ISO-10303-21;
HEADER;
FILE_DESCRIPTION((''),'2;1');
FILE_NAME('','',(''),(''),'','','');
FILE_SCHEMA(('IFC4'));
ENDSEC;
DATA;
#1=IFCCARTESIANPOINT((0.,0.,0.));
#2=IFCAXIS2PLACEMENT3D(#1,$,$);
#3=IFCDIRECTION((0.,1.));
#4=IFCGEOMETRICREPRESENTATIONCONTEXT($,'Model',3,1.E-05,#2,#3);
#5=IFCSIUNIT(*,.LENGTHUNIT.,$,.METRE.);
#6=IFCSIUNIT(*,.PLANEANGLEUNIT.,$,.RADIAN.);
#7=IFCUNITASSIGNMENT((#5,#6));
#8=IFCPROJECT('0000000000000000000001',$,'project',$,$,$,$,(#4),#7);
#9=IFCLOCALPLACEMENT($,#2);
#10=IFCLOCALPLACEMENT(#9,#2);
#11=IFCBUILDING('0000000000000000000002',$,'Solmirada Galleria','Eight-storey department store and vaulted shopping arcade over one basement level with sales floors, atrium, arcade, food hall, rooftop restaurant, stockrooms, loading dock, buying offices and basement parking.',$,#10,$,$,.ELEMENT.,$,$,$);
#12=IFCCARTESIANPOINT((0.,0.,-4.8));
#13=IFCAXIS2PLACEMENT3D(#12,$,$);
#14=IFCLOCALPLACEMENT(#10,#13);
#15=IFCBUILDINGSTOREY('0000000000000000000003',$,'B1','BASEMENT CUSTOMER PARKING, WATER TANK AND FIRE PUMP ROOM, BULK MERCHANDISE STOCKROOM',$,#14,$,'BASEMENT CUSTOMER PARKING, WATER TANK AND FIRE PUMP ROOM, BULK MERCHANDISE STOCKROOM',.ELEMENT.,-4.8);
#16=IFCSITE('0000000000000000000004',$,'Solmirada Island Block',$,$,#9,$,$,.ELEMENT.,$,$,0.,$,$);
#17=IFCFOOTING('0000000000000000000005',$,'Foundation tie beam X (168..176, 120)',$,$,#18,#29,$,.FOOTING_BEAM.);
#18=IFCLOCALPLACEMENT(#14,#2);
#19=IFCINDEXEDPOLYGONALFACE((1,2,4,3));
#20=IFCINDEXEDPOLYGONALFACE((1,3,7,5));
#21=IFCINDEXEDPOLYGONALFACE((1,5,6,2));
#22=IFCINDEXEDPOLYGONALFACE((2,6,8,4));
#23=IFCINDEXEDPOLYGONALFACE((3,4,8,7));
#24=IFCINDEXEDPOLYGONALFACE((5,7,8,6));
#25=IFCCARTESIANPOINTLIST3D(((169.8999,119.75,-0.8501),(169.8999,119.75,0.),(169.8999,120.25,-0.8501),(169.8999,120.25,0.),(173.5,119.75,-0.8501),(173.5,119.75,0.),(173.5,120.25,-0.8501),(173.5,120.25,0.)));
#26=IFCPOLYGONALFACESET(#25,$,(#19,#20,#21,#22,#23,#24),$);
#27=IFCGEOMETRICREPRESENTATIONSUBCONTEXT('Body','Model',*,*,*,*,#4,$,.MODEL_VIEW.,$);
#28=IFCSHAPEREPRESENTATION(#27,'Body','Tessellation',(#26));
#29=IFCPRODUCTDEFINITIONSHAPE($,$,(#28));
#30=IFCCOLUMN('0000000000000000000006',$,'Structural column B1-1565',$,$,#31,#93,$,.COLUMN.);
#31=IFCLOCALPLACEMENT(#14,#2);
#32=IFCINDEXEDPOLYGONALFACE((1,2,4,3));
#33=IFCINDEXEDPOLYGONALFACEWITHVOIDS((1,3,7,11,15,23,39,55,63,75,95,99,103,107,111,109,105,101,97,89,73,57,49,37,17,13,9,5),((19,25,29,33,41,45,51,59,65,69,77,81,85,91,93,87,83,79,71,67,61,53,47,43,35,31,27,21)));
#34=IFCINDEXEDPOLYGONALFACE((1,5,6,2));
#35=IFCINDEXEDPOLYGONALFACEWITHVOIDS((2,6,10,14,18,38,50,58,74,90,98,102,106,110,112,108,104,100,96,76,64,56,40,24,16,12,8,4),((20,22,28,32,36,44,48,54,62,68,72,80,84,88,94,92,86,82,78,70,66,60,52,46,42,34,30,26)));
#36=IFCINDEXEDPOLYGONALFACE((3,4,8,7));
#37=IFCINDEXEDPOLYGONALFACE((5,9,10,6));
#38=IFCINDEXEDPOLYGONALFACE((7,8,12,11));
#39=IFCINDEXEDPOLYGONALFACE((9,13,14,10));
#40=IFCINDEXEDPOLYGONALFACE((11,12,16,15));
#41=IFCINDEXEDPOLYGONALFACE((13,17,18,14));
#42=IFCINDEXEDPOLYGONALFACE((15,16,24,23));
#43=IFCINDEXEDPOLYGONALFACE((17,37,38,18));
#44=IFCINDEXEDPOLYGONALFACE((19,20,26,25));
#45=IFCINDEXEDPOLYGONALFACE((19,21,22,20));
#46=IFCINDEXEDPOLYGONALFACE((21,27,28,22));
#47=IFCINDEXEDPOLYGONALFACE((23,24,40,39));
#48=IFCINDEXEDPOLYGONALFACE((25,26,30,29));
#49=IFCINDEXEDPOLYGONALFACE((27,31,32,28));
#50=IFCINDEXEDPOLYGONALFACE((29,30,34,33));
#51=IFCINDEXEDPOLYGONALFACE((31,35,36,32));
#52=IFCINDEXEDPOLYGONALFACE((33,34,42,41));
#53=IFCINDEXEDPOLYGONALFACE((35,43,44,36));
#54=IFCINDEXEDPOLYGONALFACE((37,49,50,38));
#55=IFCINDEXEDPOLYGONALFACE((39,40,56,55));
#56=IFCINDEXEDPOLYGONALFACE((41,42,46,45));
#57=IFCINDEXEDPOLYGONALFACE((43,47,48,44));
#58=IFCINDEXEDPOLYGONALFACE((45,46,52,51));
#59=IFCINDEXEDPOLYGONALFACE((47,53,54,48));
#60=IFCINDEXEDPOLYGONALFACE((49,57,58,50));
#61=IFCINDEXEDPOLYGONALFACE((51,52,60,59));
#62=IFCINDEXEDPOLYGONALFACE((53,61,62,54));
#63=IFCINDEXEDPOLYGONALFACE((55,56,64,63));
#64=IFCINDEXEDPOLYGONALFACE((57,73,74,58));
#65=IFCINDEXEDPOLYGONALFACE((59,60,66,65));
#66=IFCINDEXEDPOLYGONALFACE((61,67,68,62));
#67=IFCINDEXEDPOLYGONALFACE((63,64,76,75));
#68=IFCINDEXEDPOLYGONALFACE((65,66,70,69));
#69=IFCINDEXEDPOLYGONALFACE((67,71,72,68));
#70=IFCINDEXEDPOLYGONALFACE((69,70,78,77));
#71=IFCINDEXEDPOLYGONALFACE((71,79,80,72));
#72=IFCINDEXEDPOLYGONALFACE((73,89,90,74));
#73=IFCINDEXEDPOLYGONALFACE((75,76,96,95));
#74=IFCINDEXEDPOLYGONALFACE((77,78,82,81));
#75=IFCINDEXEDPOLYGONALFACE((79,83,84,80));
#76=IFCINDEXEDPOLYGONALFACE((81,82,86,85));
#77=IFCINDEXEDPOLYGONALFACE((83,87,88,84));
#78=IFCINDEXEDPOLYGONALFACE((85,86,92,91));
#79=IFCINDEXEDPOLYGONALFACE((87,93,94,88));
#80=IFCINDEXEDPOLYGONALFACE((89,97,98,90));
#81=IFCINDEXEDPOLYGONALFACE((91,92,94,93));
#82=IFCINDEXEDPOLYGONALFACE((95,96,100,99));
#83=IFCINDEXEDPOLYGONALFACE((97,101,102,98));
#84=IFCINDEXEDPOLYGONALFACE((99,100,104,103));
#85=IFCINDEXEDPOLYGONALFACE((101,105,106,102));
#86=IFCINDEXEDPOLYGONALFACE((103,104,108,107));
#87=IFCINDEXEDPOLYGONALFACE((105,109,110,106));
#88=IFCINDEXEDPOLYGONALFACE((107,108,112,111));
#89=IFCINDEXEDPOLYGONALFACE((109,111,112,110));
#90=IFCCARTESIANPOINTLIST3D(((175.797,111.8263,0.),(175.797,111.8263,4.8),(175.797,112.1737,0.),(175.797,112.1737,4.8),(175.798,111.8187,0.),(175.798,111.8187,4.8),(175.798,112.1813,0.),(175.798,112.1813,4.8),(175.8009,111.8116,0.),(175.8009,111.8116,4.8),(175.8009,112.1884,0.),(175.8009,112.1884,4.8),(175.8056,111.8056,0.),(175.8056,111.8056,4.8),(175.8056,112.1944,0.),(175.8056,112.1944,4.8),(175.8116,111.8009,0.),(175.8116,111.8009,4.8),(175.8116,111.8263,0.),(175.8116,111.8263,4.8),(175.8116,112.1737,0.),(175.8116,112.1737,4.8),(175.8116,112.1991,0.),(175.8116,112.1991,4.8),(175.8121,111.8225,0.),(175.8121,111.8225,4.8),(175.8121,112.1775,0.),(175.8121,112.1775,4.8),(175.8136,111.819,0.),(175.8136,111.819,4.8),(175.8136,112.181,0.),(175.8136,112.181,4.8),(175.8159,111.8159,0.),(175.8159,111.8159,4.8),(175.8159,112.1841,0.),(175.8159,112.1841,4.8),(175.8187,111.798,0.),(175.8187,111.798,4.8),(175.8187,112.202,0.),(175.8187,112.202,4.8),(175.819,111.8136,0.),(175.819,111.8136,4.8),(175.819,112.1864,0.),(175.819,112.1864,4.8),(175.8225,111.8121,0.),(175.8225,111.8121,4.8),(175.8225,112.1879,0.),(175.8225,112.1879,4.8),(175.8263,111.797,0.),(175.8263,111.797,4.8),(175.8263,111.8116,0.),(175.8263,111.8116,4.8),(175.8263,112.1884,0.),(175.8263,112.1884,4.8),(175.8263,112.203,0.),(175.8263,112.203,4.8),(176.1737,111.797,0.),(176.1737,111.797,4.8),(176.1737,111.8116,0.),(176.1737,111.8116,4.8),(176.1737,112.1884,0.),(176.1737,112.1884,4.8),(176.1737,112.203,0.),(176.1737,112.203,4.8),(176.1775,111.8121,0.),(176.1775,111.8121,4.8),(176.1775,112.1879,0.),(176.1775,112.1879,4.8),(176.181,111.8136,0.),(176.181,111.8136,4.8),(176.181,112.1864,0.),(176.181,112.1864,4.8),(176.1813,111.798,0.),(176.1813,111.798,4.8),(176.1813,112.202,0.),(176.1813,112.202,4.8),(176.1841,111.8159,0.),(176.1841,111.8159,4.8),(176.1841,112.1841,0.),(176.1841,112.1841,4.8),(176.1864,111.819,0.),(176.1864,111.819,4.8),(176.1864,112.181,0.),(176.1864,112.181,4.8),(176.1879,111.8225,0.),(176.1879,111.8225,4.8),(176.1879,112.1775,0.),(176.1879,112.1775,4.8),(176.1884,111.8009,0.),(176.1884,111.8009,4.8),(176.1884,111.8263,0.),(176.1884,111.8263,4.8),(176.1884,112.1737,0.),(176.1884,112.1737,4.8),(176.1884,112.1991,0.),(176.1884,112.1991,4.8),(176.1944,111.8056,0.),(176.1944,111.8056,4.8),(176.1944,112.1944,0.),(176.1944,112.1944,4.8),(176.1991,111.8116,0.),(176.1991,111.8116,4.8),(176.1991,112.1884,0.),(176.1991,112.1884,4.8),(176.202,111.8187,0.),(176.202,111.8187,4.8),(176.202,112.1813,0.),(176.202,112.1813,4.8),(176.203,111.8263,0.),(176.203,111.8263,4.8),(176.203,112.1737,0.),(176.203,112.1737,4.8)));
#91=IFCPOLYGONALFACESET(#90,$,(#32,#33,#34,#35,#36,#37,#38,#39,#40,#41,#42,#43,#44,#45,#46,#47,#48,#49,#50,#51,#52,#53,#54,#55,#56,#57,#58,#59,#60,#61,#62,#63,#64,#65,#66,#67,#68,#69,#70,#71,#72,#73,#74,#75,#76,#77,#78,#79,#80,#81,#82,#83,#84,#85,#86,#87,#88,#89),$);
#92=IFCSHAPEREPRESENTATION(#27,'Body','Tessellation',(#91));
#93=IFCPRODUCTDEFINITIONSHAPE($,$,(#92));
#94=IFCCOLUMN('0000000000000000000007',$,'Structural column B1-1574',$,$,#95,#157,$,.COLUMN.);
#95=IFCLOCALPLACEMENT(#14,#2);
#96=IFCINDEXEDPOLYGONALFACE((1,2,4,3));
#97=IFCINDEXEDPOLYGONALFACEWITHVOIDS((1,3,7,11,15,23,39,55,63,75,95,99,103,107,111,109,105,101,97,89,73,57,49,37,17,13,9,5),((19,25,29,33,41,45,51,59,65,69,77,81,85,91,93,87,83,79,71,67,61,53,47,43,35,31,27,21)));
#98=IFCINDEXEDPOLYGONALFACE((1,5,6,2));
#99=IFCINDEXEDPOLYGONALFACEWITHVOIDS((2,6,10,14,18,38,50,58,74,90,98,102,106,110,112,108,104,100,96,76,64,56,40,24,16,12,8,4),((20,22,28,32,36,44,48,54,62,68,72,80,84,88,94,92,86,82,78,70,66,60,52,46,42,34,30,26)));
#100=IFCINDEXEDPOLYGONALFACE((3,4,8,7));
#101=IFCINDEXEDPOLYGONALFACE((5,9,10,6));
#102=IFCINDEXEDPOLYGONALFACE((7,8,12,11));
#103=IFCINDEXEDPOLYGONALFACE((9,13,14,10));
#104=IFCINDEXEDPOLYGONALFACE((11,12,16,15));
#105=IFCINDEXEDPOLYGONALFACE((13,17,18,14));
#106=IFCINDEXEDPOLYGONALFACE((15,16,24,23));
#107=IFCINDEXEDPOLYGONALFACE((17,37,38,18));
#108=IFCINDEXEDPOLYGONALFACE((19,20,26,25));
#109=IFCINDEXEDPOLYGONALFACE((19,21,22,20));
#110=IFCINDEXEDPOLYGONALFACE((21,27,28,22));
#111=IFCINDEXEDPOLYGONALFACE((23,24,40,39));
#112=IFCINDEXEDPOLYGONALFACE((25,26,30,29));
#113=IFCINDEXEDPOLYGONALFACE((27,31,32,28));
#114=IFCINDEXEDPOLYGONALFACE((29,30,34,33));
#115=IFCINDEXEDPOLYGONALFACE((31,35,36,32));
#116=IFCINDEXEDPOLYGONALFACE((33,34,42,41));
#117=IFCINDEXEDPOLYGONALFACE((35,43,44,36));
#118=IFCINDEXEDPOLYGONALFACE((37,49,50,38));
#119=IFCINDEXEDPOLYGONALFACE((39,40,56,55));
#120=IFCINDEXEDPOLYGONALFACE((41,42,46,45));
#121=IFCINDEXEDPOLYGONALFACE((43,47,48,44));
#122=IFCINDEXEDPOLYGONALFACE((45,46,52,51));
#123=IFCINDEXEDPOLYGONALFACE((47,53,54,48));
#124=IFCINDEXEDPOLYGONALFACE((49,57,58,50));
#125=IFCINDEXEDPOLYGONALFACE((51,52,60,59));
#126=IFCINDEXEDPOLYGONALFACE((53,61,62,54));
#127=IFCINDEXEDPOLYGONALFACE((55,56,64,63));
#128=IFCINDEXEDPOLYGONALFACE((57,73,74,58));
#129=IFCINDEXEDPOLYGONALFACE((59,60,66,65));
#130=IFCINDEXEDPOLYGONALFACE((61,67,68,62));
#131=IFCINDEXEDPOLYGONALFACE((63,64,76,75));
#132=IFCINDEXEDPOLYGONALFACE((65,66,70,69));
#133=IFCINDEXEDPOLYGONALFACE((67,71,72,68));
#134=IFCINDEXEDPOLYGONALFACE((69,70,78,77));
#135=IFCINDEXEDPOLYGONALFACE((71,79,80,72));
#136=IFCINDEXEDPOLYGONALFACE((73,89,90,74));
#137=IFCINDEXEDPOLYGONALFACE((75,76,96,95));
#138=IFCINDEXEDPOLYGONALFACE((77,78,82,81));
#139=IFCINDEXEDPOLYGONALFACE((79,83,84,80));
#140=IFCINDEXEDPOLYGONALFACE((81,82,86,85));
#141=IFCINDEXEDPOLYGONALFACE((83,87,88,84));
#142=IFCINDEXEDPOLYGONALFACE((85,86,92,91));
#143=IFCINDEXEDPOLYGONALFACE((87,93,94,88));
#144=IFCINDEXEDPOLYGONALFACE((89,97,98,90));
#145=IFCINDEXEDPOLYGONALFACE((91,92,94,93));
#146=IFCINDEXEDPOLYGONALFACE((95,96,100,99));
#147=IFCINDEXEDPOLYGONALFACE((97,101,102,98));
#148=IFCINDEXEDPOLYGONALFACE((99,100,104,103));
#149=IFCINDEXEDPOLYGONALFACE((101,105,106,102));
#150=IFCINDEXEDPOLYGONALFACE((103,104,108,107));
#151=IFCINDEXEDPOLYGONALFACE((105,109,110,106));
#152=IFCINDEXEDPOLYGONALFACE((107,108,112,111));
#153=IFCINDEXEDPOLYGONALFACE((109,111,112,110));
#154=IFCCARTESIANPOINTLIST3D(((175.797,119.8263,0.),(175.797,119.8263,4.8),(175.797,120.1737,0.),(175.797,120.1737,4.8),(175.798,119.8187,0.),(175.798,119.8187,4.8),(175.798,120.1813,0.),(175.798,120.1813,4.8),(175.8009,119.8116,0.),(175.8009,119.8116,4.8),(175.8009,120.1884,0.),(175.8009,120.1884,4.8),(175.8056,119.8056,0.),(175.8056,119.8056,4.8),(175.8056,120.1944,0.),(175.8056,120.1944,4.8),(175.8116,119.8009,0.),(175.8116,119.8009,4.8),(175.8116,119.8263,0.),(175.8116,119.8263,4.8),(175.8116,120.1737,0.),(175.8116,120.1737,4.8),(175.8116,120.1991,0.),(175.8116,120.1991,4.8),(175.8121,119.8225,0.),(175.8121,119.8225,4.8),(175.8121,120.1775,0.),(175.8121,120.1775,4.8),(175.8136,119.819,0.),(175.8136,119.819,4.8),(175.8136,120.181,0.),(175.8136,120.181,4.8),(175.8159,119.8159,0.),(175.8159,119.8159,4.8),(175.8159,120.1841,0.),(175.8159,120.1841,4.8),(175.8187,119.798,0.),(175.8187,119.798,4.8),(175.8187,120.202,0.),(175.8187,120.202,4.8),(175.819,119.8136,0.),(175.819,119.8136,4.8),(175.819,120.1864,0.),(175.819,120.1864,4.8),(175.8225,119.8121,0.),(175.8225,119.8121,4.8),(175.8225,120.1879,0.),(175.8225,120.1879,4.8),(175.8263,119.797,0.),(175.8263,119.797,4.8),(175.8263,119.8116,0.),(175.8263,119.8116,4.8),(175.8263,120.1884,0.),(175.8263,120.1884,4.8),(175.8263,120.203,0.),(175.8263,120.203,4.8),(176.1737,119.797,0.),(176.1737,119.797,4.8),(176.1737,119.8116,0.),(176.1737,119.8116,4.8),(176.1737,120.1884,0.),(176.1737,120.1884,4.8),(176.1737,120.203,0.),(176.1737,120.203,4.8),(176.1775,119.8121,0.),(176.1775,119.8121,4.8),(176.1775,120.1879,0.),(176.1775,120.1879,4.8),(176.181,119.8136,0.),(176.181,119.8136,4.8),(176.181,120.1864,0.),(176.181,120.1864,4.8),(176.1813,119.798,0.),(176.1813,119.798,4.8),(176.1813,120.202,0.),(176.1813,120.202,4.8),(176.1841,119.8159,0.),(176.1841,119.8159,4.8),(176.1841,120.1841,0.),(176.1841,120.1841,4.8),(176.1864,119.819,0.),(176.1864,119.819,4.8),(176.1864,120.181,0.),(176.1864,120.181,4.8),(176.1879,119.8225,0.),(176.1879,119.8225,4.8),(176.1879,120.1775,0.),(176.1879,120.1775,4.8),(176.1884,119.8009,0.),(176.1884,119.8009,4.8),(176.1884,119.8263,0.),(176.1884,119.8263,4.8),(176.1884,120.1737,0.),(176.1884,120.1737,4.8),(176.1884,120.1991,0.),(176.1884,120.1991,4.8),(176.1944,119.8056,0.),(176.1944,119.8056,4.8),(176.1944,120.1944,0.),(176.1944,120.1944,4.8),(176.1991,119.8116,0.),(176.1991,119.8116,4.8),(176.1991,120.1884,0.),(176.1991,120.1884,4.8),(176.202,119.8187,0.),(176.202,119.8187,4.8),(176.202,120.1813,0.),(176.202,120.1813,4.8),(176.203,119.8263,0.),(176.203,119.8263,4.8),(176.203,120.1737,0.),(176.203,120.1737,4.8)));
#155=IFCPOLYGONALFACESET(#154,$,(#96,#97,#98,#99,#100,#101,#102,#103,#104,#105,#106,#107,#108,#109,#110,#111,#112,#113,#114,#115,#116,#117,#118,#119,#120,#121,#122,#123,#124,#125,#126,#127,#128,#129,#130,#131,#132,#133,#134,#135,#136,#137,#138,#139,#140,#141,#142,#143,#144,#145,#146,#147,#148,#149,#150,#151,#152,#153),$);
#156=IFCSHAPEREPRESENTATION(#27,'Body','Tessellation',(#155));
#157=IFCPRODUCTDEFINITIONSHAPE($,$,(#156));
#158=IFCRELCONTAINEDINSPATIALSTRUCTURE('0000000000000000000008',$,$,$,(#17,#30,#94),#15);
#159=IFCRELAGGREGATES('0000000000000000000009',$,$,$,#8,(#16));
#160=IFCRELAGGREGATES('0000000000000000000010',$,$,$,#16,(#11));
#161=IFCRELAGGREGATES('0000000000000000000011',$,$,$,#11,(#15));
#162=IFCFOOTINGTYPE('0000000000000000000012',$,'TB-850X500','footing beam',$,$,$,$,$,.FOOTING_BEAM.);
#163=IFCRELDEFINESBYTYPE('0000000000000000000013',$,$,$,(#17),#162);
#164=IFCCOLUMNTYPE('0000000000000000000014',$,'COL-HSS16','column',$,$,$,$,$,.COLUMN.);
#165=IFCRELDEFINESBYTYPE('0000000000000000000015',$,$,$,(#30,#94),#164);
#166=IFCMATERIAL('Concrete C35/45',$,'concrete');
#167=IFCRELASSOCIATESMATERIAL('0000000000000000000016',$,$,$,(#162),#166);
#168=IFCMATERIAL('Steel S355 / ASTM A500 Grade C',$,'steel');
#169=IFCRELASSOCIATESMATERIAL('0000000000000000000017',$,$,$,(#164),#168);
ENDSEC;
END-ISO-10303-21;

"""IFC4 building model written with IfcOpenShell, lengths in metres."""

from ifc_helpers import new_model, si_unit, direction, frame, origin, origin_2d, place, context, subcontext, project, spatial, rectangle, hollow_rectangle, extrude, material, material_profile, profile_set, type_object, element, save


model = new_model("IFC4")

# Units and contexts
model_context = context("Model", 3, precision=1e-05, world=origin(), true_north=direction((0.0, 1.0)))
body_context = subcontext(model_context, "Body", "Model", "MODEL_VIEW")
ifc_project = project(units=[si_unit("LENGTHUNIT", "METRE"), si_unit("PLANEANGLEUNIT", "RADIAN")], contexts=[model_context])

# Site, building, storey
site_placement = place(None, origin())
site = spatial("IfcSite", under=ifc_project, at=site_placement, Name="Solmirada Island Block", CompositionType="ELEMENT", RefElevation=0.0)
building_placement = place(site_placement, origin())
building = spatial("IfcBuilding", under=site, at=building_placement, Name="Solmirada Galleria", Description="Eight-storey department store and vaulted shopping arcade over one basement level with sales floors, atrium, arcade, food hall, rooftop restaurant, stockrooms, loading dock, buying offices and basement parking.", CompositionType="ELEMENT")
storey_placement = place(building_placement, frame((0.0, 0.0, -4.8)))
storey = spatial("IfcBuildingStorey", under=building, at=storey_placement, Name="B1", Description="BASEMENT CUSTOMER PARKING, WATER TANK AND FIRE PUMP ROOM, BULK MERCHANDISE STOCKROOM", LongName="BASEMENT CUSTOMER PARKING, WATER TANK AND FIRE PUMP ROOM, BULK MERCHANDISE STOCKROOM", CompositionType="ELEMENT", Elevation=-4.8)

# Shared definitions
ifc_material_1 = material(Name="Concrete C35/45", Category="concrete")

# Footing
ifc_material_profile_1 = material_profile(ifc_material_1, rectangle(XDim=0.5, YDim=0.8501, at=origin_2d()), Name="RC850X500")
ifc_profile_set_1 = profile_set([ifc_material_profile_1], Name="Concrete C35/45")
footing_type_1 = type_object("IfcFootingType", Name="TB-850X500", Description="footing beam", PredefinedType="FOOTING_BEAM", material=ifc_profile_set_1)
footing_1_placement = place(storey_placement, frame((169.8999, 120.0, -0.425), z_axis=(1.0, 0.0, 0.0), x_axis=(0.0, 1.0, 0.0)))
element("IfcFooting", 1, at=footing_1_placement, inside=storey, type_object=footing_type_1, Name="Foundation tie beam X (168..176, 120)", PredefinedType="FOOTING_BEAM", context=body_context, shape_type="SweptSolid", body=[
    extrude(rectangle(XDim=0.5, YDim=0.8501, at=origin_2d()), origin(), (0.0, 0.0, 1.0), 3.6001),
])

# Columns
ifc_material_2 = material(Name="Steel S355 / ASTM A500 Grade C", Category="steel")
ifc_material_profile_2 = material_profile(ifc_material_2, hollow_rectangle(XDim=0.406, YDim=0.406, WallThickness=0.0146, InnerFilletRadius=0.0146, OuterFilletRadius=0.0293, at=origin_2d()), Name="HSS16X16X5/8")
ifc_profile_set_2 = profile_set([ifc_material_profile_2], Name="Steel S355 / ASTM A500 Grade C")
column_type = type_object("IfcColumnType", Name="COL-HSS16", Description="column", PredefinedType="COLUMN", material=ifc_profile_set_2)
for number, where, z_axis, x_axis, name in (
    (2, (176.0, 112.0, 0.0), (0.0, 0.0, 1.0), (1.0, 0.0, 0.0), "Structural column B1-1565"),
    (3, (176.0, 120.0, 0.0), (0.0, 0.0, 1.0), (1.0, 0.0, 0.0), "Structural column B1-1574"),
):
    element("IfcColumn", number, at=place(storey_placement, frame(where, z_axis=z_axis, x_axis=x_axis)), inside=storey, type_object=column_type, Name=name, PredefinedType="COLUMN", context=body_context, shape_type="SweptSolid", body=[
        extrude(hollow_rectangle(XDim=0.406, YDim=0.406, WallThickness=0.0146, InnerFilletRadius=0.0146, OuterFilletRadius=0.0293, at=origin_2d()), origin(), (0.0, 0.0, 1.0), 4.8),
    ])

save(model, "model.ifc")
